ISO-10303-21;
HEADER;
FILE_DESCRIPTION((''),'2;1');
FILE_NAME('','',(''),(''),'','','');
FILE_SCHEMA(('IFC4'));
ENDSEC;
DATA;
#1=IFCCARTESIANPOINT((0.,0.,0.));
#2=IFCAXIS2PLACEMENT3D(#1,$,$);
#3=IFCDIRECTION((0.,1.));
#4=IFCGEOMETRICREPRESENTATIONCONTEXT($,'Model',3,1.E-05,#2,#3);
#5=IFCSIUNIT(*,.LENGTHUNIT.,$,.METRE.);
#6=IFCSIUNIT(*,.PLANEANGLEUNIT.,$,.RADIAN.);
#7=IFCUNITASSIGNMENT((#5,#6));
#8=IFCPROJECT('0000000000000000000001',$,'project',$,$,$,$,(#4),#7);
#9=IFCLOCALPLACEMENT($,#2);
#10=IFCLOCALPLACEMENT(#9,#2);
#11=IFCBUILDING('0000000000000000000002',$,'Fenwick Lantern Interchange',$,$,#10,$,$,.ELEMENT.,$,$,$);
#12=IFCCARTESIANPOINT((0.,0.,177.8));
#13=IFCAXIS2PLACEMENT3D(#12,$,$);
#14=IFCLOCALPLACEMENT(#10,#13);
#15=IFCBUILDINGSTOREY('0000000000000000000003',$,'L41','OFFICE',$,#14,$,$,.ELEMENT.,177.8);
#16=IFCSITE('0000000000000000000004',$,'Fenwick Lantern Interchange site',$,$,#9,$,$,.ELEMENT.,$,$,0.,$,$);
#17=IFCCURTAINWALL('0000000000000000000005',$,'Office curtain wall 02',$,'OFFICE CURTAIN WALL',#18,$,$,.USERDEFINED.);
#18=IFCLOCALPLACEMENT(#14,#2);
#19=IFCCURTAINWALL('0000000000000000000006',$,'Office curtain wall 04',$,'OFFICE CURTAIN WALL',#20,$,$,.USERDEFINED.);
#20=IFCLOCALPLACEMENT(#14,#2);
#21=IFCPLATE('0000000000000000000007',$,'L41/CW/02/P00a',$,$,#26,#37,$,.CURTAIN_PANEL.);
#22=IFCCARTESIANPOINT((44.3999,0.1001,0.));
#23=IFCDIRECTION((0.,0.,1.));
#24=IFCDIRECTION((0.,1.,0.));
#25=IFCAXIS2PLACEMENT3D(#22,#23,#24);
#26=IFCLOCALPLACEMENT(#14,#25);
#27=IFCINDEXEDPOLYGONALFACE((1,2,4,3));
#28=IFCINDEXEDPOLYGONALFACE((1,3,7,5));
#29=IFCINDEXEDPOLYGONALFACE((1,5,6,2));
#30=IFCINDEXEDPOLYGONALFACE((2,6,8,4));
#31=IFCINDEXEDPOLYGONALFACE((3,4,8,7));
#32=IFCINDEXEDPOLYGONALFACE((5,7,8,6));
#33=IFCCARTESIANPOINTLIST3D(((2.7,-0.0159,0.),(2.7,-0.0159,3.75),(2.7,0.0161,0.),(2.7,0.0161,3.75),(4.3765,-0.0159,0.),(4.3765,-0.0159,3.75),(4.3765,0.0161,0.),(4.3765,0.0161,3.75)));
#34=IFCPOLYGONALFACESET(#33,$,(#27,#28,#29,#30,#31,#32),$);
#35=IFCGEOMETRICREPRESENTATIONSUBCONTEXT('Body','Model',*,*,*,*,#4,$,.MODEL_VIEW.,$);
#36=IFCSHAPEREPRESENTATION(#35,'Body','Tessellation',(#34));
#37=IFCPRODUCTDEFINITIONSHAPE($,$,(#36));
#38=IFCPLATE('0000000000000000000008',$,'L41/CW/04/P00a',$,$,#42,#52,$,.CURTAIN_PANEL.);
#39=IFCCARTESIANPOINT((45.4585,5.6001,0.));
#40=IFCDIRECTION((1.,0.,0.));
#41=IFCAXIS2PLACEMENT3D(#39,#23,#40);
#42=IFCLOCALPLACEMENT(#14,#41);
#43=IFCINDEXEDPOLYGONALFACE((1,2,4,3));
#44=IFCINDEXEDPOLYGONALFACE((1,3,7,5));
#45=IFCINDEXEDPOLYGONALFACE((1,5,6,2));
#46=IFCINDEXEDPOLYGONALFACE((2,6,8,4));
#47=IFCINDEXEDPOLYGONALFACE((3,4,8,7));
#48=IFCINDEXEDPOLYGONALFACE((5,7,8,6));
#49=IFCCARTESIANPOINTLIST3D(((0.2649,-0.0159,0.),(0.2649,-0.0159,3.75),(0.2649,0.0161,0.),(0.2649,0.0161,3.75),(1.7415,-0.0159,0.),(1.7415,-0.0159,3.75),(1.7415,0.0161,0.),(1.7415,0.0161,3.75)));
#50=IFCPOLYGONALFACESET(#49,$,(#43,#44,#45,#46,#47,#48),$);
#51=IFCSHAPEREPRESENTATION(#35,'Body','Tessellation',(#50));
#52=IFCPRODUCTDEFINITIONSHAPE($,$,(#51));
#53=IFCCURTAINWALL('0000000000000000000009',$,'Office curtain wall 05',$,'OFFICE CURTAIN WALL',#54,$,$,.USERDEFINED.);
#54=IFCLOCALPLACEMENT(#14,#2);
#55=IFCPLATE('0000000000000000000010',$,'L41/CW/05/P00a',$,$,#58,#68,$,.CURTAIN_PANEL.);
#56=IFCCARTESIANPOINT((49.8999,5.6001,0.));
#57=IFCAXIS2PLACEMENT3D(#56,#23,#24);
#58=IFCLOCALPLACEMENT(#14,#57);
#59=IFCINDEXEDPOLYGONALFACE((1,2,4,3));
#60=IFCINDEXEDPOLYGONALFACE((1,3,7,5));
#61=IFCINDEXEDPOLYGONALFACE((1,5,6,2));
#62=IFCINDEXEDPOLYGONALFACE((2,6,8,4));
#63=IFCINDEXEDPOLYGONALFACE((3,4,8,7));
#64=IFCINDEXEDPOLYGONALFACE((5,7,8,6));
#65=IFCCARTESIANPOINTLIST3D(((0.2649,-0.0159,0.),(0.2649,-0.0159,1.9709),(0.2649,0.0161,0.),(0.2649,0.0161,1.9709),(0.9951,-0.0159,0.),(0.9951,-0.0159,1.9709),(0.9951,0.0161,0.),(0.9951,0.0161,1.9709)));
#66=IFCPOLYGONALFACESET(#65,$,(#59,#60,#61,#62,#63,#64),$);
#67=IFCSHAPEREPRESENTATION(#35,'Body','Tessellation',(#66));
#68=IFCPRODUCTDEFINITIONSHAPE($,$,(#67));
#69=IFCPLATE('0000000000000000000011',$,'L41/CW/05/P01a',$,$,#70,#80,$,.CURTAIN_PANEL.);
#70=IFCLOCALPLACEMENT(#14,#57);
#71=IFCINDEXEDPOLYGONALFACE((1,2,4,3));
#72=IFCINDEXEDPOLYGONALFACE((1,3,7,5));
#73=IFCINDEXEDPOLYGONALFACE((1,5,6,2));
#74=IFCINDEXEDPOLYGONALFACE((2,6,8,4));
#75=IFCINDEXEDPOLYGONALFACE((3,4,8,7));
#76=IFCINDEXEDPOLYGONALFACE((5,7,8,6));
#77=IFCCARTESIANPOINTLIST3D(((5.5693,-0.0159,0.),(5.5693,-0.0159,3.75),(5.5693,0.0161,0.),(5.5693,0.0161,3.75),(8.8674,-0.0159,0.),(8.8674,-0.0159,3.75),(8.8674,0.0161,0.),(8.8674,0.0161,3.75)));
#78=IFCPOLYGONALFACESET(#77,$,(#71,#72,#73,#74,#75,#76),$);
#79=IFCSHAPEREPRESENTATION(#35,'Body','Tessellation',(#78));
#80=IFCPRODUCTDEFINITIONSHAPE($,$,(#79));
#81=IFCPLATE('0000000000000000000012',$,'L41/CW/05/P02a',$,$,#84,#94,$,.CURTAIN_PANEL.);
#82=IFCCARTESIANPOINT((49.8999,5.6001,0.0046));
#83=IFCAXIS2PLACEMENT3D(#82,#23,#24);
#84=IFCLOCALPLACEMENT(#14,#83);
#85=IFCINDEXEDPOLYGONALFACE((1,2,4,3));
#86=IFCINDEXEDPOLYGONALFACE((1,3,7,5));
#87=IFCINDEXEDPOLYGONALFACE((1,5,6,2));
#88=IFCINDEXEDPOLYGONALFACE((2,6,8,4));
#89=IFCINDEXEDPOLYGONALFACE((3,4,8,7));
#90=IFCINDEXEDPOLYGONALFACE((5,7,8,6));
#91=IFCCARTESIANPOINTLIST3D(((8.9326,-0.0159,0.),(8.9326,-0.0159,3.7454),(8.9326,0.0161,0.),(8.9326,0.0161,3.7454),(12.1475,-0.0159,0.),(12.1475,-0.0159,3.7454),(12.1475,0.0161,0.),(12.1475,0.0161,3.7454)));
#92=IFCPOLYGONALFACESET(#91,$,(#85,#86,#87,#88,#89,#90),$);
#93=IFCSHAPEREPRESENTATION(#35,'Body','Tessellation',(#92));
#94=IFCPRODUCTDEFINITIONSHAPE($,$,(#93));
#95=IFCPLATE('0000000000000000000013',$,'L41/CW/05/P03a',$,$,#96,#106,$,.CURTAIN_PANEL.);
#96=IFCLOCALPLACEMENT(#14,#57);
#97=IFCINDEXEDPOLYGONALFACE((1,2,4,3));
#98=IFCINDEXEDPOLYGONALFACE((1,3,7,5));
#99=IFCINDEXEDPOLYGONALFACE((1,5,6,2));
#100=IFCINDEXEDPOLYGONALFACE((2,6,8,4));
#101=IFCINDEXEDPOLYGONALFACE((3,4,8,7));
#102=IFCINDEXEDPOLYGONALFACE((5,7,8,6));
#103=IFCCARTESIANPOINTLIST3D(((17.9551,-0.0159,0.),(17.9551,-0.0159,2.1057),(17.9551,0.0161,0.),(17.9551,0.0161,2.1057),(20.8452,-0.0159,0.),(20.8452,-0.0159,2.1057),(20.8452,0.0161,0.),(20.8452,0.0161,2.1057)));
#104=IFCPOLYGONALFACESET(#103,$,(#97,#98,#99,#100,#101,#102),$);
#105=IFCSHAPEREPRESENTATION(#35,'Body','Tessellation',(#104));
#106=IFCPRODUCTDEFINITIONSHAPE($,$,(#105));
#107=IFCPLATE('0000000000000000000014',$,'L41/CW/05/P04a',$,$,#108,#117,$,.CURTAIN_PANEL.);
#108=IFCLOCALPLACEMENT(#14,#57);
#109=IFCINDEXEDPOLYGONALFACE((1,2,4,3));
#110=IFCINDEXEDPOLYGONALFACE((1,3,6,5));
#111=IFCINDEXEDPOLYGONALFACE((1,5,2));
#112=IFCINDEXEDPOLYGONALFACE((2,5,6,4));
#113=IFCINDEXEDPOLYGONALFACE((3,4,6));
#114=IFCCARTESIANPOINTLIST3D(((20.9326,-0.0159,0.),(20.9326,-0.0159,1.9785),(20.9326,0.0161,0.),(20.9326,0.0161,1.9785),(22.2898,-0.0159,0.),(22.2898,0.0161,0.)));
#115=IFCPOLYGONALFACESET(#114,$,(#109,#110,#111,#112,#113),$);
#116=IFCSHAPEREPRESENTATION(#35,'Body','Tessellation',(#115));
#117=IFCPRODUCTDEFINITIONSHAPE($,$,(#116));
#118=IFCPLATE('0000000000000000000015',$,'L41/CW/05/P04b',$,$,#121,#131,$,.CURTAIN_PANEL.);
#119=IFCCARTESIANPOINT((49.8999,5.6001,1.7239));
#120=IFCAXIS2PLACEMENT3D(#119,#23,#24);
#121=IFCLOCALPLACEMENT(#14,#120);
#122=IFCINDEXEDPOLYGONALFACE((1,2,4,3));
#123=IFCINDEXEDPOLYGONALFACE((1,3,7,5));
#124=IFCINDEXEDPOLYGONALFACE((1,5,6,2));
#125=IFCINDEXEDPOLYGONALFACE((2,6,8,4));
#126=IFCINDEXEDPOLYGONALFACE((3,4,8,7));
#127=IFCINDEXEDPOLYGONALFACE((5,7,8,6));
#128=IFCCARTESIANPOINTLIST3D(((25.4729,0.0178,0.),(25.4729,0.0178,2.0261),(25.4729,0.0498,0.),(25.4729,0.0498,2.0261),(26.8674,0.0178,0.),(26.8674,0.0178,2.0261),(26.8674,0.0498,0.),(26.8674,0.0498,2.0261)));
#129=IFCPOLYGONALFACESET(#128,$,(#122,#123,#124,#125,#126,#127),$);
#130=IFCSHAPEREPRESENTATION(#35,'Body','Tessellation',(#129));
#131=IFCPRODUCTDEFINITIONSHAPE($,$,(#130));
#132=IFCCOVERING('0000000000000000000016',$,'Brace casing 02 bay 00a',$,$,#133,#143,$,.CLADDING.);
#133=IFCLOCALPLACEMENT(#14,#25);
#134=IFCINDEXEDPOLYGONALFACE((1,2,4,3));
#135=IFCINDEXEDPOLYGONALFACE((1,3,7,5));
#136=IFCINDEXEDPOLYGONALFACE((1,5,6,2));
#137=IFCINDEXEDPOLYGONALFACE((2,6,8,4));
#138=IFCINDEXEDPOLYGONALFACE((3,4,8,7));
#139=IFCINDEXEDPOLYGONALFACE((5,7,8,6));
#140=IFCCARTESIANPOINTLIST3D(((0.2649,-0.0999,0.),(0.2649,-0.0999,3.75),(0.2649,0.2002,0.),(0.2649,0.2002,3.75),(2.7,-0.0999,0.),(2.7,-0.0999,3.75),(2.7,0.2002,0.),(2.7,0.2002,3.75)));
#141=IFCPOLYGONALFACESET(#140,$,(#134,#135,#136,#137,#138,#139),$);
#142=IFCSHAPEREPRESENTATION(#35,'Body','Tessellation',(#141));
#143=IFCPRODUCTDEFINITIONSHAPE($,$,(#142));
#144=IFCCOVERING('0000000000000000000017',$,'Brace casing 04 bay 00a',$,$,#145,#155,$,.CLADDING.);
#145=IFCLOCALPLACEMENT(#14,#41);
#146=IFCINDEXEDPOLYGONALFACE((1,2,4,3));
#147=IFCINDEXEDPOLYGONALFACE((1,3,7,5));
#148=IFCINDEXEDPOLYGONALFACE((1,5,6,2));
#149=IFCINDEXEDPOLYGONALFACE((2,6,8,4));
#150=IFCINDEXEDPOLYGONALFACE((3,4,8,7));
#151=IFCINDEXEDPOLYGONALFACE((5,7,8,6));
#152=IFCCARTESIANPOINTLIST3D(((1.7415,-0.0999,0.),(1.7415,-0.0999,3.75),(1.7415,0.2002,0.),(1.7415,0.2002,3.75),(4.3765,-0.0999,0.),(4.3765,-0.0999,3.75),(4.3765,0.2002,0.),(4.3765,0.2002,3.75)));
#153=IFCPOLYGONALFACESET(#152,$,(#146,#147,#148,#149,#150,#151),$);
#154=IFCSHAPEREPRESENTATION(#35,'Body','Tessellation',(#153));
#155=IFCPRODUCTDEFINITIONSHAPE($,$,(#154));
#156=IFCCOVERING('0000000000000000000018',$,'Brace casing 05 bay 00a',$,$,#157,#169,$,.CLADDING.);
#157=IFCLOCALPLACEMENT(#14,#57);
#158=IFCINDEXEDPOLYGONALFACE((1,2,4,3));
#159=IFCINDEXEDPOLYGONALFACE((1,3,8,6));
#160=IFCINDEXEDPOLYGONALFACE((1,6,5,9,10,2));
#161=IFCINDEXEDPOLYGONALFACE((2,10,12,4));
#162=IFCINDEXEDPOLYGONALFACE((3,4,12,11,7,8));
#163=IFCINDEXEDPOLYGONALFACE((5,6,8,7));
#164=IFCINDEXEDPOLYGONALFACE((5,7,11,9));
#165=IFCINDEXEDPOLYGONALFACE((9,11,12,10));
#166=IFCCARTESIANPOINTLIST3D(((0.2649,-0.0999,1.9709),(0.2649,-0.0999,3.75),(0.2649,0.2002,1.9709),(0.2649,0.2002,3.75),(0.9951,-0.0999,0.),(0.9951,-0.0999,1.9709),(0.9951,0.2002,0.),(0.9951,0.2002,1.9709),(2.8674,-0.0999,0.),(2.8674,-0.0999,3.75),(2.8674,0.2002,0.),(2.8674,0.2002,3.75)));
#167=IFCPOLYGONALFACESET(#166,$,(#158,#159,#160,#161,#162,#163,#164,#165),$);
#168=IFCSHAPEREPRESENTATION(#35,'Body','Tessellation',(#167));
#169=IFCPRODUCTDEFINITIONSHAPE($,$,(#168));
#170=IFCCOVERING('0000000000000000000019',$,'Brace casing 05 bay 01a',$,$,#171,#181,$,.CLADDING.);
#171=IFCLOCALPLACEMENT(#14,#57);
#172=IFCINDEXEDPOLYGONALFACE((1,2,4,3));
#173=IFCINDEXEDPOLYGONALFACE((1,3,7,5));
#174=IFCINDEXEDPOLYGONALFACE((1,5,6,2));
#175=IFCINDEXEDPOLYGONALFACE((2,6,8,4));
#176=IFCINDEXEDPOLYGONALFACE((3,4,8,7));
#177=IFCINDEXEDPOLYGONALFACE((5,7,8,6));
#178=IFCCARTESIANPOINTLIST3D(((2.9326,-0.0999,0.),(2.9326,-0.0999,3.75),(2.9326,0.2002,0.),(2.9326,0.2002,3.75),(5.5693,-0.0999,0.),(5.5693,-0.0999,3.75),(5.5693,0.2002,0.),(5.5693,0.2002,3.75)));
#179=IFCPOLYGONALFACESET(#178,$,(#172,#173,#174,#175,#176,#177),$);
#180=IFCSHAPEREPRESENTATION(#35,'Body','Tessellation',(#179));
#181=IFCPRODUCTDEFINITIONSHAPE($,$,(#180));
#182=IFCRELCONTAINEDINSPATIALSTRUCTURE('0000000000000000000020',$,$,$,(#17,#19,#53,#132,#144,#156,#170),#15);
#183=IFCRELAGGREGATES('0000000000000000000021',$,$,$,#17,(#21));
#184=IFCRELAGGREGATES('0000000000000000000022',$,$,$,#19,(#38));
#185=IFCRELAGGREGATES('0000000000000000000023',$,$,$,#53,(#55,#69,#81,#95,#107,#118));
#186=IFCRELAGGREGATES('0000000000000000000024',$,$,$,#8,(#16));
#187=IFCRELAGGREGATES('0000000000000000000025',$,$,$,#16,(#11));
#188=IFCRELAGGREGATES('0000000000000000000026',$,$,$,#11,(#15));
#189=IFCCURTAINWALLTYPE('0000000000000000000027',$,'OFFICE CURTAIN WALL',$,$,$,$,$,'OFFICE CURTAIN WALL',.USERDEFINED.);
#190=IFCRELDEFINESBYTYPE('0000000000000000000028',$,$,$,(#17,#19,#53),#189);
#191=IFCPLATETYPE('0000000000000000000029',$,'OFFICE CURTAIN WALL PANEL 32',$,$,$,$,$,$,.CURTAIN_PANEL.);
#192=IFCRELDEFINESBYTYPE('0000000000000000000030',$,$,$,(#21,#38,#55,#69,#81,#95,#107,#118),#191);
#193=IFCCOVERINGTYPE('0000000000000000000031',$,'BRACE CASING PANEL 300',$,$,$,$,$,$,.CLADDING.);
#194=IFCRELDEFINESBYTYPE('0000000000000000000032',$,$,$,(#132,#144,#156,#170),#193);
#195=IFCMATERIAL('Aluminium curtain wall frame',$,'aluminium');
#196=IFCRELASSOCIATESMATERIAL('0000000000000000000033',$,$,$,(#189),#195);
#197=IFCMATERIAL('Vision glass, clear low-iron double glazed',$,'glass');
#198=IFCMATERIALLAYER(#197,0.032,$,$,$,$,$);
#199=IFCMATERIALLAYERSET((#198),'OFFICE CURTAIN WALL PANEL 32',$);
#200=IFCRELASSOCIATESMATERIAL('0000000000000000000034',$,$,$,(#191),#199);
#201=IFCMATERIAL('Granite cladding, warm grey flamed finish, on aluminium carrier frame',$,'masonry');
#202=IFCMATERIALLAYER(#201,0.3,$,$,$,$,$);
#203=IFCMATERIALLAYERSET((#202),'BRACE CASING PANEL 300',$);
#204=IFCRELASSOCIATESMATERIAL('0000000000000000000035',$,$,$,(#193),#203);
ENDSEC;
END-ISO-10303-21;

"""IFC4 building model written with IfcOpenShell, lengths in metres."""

from ifc_helpers import new_model, si_unit, direction, frame, origin, place, context, subcontext, project, spatial, polyline, outline, extrude, material, layer, layer_set, type_object, element, aggregate, save


model = new_model("IFC4")

# Units and contexts
model_context = context("Model", 3, precision=1e-05, world=origin(), true_north=direction((0.0, 1.0)))
body_context = subcontext(model_context, "Body", "Model", "MODEL_VIEW")
ifc_project = project(units=[si_unit("LENGTHUNIT", "METRE"), si_unit("PLANEANGLEUNIT", "RADIAN")], contexts=[model_context])

# Site, building, storey
site_placement = place(None, origin())
site = spatial("IfcSite", under=ifc_project, at=site_placement, Name="Fenwick Lantern Interchange site", CompositionType="ELEMENT", RefElevation=0.0)
building_placement = place(site_placement, origin())
building = spatial("IfcBuilding", under=site, at=building_placement, Name="Fenwick Lantern Interchange", CompositionType="ELEMENT")
storey_placement = place(building_placement, frame((0.0, 0.0, 177.8)))
storey = spatial("IfcBuildingStorey", under=building, at=storey_placement, Name="L41", Description="OFFICE", CompositionType="ELEMENT", Elevation=177.8)

# Shared definitions
ifc_material_1 = material(Name="Aluminium curtain wall frame", Category="aluminium")
curtain_wall_type = type_object("IfcCurtainWallType", Name="OFFICE CURTAIN WALL", ElementType="OFFICE CURTAIN WALL", PredefinedType="USERDEFINED", material=ifc_material_1)

# Curtain walls
curtain_wall_1_placement = place(storey_placement, origin())
curtain_wall_1 = element("IfcCurtainWall", 1, at=curtain_wall_1_placement, inside=storey, type_object=curtain_wall_type, Name="Office curtain wall 02", ObjectType="OFFICE CURTAIN WALL", PredefinedType="USERDEFINED")
curtain_wall_2_placement = place(storey_placement, origin())
curtain_wall_2 = element("IfcCurtainWall", 2, at=curtain_wall_2_placement, inside=storey, type_object=curtain_wall_type, Name="Office curtain wall 04", ObjectType="OFFICE CURTAIN WALL", PredefinedType="USERDEFINED")

# Plates
ifc_material_2 = material(Name="Vision glass, clear low-iron double glazed", Category="glass")
ifc_layer_1 = layer(ifc_material_2, 0.032)
ifc_layer_set_1 = layer_set([ifc_layer_1], Name="OFFICE CURTAIN WALL PANEL 32")
plate_type = type_object("IfcPlateType", Name="OFFICE CURTAIN WALL PANEL 32", PredefinedType="CURTAIN_PANEL", material=ifc_layer_set_1)
plate_1_placement = place(storey_placement, frame((44.3999, 0.1001, 0.0), z_axis=(0.0, 0.0, 1.0), x_axis=(0.0, 1.0, 0.0)))
plate_1 = element("IfcPlate", 3, at=plate_1_placement, type_object=plate_type, Name="L41/CW/02/P00a", PredefinedType="CURTAIN_PANEL", context=body_context, shape_type="SweptSolid", body=[
    extrude(outline(polyline([(2.7, 0.0), (4.3765, 0.0), (4.3765, 3.75), (2.7, 3.75), (2.7, 0.0)])), frame((0.0, 0.0161, 0.0), z_axis=(0.0, -1.0, 0.0), x_axis=(1.0, 0.0, 0.0)), (0.0, 0.0, 1.0), 0.032),
])
aggregate(curtain_wall_1, [plate_1])
plate_2_placement = place(storey_placement, frame((45.4585, 5.6001, 0.0), z_axis=(0.0, 0.0, 1.0), x_axis=(1.0, 0.0, 0.0)))
plate_2 = element("IfcPlate", 4, at=plate_2_placement, type_object=plate_type, Name="L41/CW/04/P00a", PredefinedType="CURTAIN_PANEL", context=body_context, shape_type="SweptSolid", body=[
    extrude(outline(polyline([(0.2649, 0.0), (1.7415, 0.0), (1.7415, 3.75), (0.2649, 3.75), (0.2649, 0.0)])), frame((0.0, 0.0161, 0.0), z_axis=(0.0, -1.0, 0.0), x_axis=(1.0, 0.0, 0.0)), (0.0, 0.0, 1.0), 0.032),
])
aggregate(curtain_wall_2, [plate_2])

# Curtain wall, plates
curtain_wall_3_placement = place(storey_placement, origin())
curtain_wall_3 = element("IfcCurtainWall", 5, at=curtain_wall_3_placement, inside=storey, type_object=curtain_wall_type, Name="Office curtain wall 05", ObjectType="OFFICE CURTAIN WALL", PredefinedType="USERDEFINED")
plate_3_placement = place(storey_placement, frame((49.8999, 5.6001, 0.0), z_axis=(0.0, 0.0, 1.0), x_axis=(0.0, 1.0, 0.0)))
plate_3 = element("IfcPlate", 6, at=plate_3_placement, type_object=plate_type, Name="L41/CW/05/P00a", PredefinedType="CURTAIN_PANEL", context=body_context, shape_type="SweptSolid", body=[
    extrude(outline(polyline([(0.2649, 0.0), (0.9951, 0.0), (0.9951, 1.9709), (0.2649, 1.9709), (0.2649, 0.0)])), frame((0.0, 0.0161, 0.0), z_axis=(0.0, -1.0, 0.0), x_axis=(1.0, 0.0, 0.0)), (0.0, 0.0, 1.0), 0.032),
])
plate_4_placement = place(storey_placement, frame((49.8999, 5.6001, 0.0), z_axis=(0.0, 0.0, 1.0), x_axis=(0.0, 1.0, 0.0)))
plate_4 = element("IfcPlate", 7, at=plate_4_placement, type_object=plate_type, Name="L41/CW/05/P01a", PredefinedType="CURTAIN_PANEL", context=body_context, shape_type="SweptSolid", body=[
    extrude(outline(polyline([(5.5693, 0.0), (8.8674, 0.0), (8.8674, 3.75), (5.5693, 3.75), (5.5693, 0.0)])), frame((0.0, 0.0161, 0.0), z_axis=(0.0, -1.0, 0.0), x_axis=(1.0, 0.0, 0.0)), (0.0, 0.0, 1.0), 0.032),
])
plate_5_placement = place(storey_placement, frame((49.8999, 5.6001, 0.0046), z_axis=(0.0, 0.0, 1.0), x_axis=(0.0, 1.0, 0.0)))
plate_5 = element("IfcPlate", 8, at=plate_5_placement, type_object=plate_type, Name="L41/CW/05/P02a", PredefinedType="CURTAIN_PANEL", context=body_context, shape_type="SweptSolid", body=[
    extrude(outline(polyline([(8.9326, 0.0), (12.1475, 0.0), (12.1475, 3.7454), (8.9326, 3.7454), (8.9326, 0.0)])), frame((0.0, 0.0161, 0.0), z_axis=(0.0, -1.0, 0.0), x_axis=(1.0, 0.0, 0.0)), (0.0, 0.0, 1.0), 0.032),
])
plate_6_placement = place(storey_placement, frame((49.8999, 5.6001, 0.0), z_axis=(0.0, 0.0, 1.0), x_axis=(0.0, 1.0, 0.0)))
plate_6 = element("IfcPlate", 9, at=plate_6_placement, type_object=plate_type, Name="L41/CW/05/P03a", PredefinedType="CURTAIN_PANEL", context=body_context, shape_type="SweptSolid", body=[
    extrude(outline(polyline([(17.9551, 0.0), (20.8452, 0.0), (20.8452, 2.1057), (17.9551, 2.1057), (17.9551, 0.0)])), frame((0.0, 0.0161, 0.0), z_axis=(0.0, -1.0, 0.0), x_axis=(1.0, 0.0, 0.0)), (0.0, 0.0, 1.0), 0.032),
])
plate_7_placement = place(storey_placement, frame((49.8999, 5.6001, 0.0), z_axis=(0.0, 0.0, 1.0), x_axis=(0.0, 1.0, 0.0)))
plate_7 = element("IfcPlate", 10, at=plate_7_placement, type_object=plate_type, Name="L41/CW/05/P04a", PredefinedType="CURTAIN_PANEL", context=body_context, shape_type="SweptSolid", body=[
    extrude(outline(polyline([(20.9326, 0.0), (22.2898, 0.0), (20.9326, 1.9785), (20.9326, 0.0)])), frame((0.0, 0.0161, 0.0), z_axis=(0.0, -1.0, 0.0), x_axis=(1.0, 0.0, 0.0)), (0.0, 0.0, 1.0), 0.032),
])
plate_8_placement = place(storey_placement, frame((49.8999, 5.6001, 1.7239), z_axis=(0.0, 0.0, 1.0), x_axis=(0.0, 1.0, 0.0)))
plate_8 = element("IfcPlate", 11, at=plate_8_placement, type_object=plate_type, Name="L41/CW/05/P04b", PredefinedType="CURTAIN_PANEL", context=body_context, shape_type="SweptSolid", body=[
    extrude(outline(polyline([(25.4729, 0.0), (26.8674, 0.0), (26.8674, 2.0261), (25.4729, 2.0261), (25.4729, 0.0)])), frame((0.0, 0.0498, 0.0), z_axis=(0.0, -1.0, 0.0), x_axis=(1.0, 0.0, 0.0)), (0.0, 0.0, 1.0), 0.032),
])
aggregate(curtain_wall_3, [plate_3, plate_4, plate_5, plate_6, plate_7, plate_8])

# Coverings
ifc_material_3 = material(Name="Granite cladding, warm grey flamed finish, on aluminium carrier frame", Category="masonry")
ifc_layer_2 = layer(ifc_material_3, 0.3)
ifc_layer_set_2 = layer_set([ifc_layer_2], Name="BRACE CASING PANEL 300")
covering_type = type_object("IfcCoveringType", Name="BRACE CASING PANEL 300", PredefinedType="CLADDING", material=ifc_layer_set_2)
covering_1_placement = place(storey_placement, frame((44.3999, 0.1001, 0.0), z_axis=(0.0, 0.0, 1.0), x_axis=(0.0, 1.0, 0.0)))
element("IfcCovering", 12, at=covering_1_placement, inside=storey, type_object=covering_type, Name="Brace casing 02 bay 00a", PredefinedType="CLADDING", context=body_context, shape_type="SweptSolid", body=[
    extrude(outline(polyline([(0.2649, 0.0), (2.7, 0.0), (2.7, 3.75), (0.2649, 3.75), (0.2649, 0.0)])), frame((0.0, 0.2002, 0.0), z_axis=(0.0, -1.0, 0.0), x_axis=(1.0, 0.0, 0.0)), (0.0, 0.0, 1.0), 0.3),
])
covering_2_placement = place(storey_placement, frame((45.4585, 5.6001, 0.0), z_axis=(0.0, 0.0, 1.0), x_axis=(1.0, 0.0, 0.0)))
element("IfcCovering", 13, at=covering_2_placement, inside=storey, type_object=covering_type, Name="Brace casing 04 bay 00a", PredefinedType="CLADDING", context=body_context, shape_type="SweptSolid", body=[
    extrude(outline(polyline([(1.7415, 0.0), (4.3765, 0.0), (4.3765, 3.75), (1.7415, 3.75), (1.7415, 0.0)])), frame((0.0, 0.2002, 0.0), z_axis=(0.0, -1.0, 0.0), x_axis=(1.0, 0.0, 0.0)), (0.0, 0.0, 1.0), 0.3),
])
covering_3_placement = place(storey_placement, frame((49.8999, 5.6001, 0.0), z_axis=(0.0, 0.0, 1.0), x_axis=(0.0, 1.0, 0.0)))
element("IfcCovering", 14, at=covering_3_placement, inside=storey, type_object=covering_type, Name="Brace casing 05 bay 00a", PredefinedType="CLADDING", context=body_context, shape_type="SweptSolid", body=[
    extrude(outline(polyline([(0.9951, 0.0), (2.8674, 0.0), (2.8674, 3.75), (0.2649, 3.75), (0.2649, 1.9709), (0.9951, 1.9709), (0.9951, 0.0)])), frame((0.0, 0.2002, 0.0), z_axis=(0.0, -1.0, 0.0), x_axis=(1.0, 0.0, 0.0)), (0.0, 0.0, 1.0), 0.3),
])
covering_4_placement = place(storey_placement, frame((49.8999, 5.6001, 0.0), z_axis=(0.0, 0.0, 1.0), x_axis=(0.0, 1.0, 0.0)))
element("IfcCovering", 15, at=covering_4_placement, inside=storey, type_object=covering_type, Name="Brace casing 05 bay 01a", PredefinedType="CLADDING", context=body_context, shape_type="SweptSolid", body=[
    extrude(outline(polyline([(2.9326, 0.0), (5.5693, 0.0), (5.5693, 3.75), (2.9326, 3.75), (2.9326, 0.0)])), frame((0.0, 0.2002, 0.0), z_axis=(0.0, -1.0, 0.0), x_axis=(1.0, 0.0, 0.0)), (0.0, 0.0, 1.0), 0.3),
])

save(model, "model.ifc")
